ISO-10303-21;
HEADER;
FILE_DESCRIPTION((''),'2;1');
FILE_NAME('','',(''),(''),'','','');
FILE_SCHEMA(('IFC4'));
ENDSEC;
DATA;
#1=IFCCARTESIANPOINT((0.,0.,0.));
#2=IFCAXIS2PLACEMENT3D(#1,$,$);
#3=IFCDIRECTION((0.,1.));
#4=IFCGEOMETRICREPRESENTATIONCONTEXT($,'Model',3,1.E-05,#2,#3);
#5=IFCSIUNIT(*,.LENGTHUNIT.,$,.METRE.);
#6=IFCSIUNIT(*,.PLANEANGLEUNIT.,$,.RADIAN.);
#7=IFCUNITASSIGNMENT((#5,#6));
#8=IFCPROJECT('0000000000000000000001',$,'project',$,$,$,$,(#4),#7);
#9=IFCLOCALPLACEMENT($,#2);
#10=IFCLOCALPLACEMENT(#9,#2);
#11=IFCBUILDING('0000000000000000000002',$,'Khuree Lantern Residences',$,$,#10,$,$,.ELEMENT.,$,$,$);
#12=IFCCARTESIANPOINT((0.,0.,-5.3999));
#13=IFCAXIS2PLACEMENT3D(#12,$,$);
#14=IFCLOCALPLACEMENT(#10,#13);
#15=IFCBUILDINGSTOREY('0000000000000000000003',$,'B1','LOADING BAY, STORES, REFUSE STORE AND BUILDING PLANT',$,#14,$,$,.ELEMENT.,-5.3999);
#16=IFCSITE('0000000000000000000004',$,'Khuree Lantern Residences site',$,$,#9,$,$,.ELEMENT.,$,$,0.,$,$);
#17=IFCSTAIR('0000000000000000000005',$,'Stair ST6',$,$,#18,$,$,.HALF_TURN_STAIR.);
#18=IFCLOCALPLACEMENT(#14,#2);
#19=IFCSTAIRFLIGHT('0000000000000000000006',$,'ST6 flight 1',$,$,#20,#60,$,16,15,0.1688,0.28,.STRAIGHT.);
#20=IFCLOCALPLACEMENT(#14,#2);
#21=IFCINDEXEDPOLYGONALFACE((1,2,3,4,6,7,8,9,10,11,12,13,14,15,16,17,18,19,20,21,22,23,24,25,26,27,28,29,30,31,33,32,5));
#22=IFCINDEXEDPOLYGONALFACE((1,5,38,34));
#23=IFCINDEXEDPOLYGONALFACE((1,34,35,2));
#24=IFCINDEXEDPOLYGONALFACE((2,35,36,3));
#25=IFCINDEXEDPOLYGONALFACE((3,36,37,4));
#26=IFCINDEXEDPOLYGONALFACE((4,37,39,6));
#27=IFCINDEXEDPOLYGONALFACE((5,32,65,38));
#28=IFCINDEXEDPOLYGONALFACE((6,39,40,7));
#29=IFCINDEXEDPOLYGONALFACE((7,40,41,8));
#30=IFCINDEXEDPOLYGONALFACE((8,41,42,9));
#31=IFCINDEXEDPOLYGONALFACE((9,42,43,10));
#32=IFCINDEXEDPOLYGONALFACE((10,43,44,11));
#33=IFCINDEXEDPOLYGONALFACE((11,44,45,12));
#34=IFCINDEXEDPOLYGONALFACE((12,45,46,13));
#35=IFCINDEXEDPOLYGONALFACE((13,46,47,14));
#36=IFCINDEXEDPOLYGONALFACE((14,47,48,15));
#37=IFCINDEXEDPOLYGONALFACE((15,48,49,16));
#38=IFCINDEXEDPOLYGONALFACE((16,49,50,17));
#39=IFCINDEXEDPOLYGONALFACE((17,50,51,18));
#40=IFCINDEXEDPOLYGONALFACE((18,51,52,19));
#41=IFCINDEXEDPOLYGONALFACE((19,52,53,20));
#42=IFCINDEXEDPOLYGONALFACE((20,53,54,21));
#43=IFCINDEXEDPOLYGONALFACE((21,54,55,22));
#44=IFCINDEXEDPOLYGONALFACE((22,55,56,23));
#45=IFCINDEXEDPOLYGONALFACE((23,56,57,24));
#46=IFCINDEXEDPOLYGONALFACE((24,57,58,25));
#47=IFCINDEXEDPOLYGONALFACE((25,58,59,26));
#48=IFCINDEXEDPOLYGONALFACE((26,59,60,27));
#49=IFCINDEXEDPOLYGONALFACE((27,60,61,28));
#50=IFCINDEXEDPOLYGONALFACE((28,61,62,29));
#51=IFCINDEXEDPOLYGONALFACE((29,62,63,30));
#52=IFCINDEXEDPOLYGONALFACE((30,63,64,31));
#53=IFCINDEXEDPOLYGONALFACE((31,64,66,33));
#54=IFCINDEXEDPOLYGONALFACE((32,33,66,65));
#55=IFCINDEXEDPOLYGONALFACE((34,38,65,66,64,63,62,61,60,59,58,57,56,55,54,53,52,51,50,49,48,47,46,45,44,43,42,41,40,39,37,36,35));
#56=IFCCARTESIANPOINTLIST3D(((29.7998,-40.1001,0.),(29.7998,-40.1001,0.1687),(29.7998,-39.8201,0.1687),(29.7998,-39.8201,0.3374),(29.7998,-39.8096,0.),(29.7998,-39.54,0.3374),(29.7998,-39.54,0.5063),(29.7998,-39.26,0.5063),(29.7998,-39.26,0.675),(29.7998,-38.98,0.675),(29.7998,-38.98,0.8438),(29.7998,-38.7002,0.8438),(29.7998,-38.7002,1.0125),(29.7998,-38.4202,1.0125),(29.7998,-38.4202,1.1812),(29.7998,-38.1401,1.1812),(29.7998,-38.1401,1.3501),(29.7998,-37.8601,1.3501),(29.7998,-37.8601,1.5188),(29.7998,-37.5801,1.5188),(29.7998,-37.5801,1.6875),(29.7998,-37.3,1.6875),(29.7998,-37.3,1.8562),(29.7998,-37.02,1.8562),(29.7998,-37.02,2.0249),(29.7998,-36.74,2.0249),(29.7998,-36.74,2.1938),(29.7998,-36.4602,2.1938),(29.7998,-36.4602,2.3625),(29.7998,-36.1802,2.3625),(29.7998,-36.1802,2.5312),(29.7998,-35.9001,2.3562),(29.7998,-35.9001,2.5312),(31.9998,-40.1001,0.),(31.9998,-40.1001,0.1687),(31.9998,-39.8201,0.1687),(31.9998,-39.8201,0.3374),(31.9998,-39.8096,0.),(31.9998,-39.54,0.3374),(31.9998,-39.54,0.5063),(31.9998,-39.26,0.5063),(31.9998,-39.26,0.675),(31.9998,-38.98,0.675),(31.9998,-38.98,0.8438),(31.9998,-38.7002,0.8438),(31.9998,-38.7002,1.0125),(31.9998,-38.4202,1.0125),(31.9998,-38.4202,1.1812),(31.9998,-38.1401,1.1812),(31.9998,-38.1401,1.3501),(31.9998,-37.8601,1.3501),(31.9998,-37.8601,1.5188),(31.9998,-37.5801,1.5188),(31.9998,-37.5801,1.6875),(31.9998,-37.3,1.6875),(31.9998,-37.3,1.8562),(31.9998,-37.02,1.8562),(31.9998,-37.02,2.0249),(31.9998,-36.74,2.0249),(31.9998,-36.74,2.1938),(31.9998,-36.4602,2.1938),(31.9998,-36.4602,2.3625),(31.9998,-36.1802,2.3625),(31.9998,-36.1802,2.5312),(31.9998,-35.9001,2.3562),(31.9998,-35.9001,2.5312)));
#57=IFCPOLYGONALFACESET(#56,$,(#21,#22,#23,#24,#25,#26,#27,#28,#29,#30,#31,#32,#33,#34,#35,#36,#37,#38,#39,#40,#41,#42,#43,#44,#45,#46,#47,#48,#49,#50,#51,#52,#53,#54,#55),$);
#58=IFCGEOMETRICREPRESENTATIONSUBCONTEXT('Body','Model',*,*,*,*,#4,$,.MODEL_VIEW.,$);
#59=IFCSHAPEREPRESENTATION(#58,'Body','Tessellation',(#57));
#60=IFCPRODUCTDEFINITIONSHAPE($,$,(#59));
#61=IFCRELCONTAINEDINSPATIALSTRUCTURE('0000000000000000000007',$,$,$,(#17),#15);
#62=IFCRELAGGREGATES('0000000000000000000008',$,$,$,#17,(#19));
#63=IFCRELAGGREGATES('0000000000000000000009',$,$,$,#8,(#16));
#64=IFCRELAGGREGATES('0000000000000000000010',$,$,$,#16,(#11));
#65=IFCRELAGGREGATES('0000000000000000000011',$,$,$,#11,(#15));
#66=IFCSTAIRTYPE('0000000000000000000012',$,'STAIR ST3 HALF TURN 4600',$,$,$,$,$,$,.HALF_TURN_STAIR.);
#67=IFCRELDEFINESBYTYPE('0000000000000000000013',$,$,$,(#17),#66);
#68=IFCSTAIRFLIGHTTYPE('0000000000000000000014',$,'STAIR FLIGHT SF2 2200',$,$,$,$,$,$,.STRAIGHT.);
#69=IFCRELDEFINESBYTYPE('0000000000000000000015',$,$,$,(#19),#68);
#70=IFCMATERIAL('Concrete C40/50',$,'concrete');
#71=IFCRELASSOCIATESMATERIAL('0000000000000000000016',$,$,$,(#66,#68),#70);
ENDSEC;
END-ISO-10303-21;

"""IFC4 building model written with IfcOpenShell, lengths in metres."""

from ifc_helpers import new_model, si_unit, direction, frame, origin, place, context, subcontext, project, spatial, polyline, outline, extrude, material, type_object, element, aggregate, save


model = new_model("IFC4")

# Units and contexts
model_context = context("Model", 3, precision=1e-05, world=origin(), true_north=direction((0.0, 1.0)))
body_context = subcontext(model_context, "Body", "Model", "MODEL_VIEW")
ifc_project = project(units=[si_unit("LENGTHUNIT", "METRE"), si_unit("PLANEANGLEUNIT", "RADIAN")], contexts=[model_context])

# Site, building, storey
site_placement = place(None, origin())
site = spatial("IfcSite", under=ifc_project, at=site_placement, Name="Khuree Lantern Residences site", CompositionType="ELEMENT", RefElevation=0.0)
building_placement = place(site_placement, origin())
building = spatial("IfcBuilding", under=site, at=building_placement, Name="Khuree Lantern Residences", CompositionType="ELEMENT")
storey_placement = place(building_placement, frame((0.0, 0.0, -5.3999)))
storey = spatial("IfcBuildingStorey", under=building, at=storey_placement, Name="B1", Description="LOADING BAY, STORES, REFUSE STORE AND BUILDING PLANT", CompositionType="ELEMENT", Elevation=-5.3999)

# Shared definitions
ifc_material_1 = material(Name="Concrete C40/50", Category="concrete")

# Stair, stair flight
stair_type = type_object("IfcStairType", Name="STAIR ST3 HALF TURN 4600", PredefinedType="HALF_TURN_STAIR", material=ifc_material_1)
stair_placement = place(storey_placement, origin())
stair = element("IfcStair", 1, at=stair_placement, inside=storey, type_object=stair_type, Name="Stair ST6", PredefinedType="HALF_TURN_STAIR")
stair_flight_type = type_object("IfcStairFlightType", Name="STAIR FLIGHT SF2 2200", PredefinedType="STRAIGHT", material=ifc_material_1)
stair_flight_placement = place(storey_placement, frame((30.8999, -40.1001, 0.0), z_axis=(0.0, 0.0, 1.0), x_axis=(0.0, 1.0, 0.0)))
stair_flight = element("IfcStairFlight", 2, at=stair_flight_placement, type_object=stair_flight_type, Name="ST6 flight 1", NumberOfRisers=16, NumberOfTreads=15, PredefinedType="STRAIGHT", RiserHeight=0.1688, TreadLength=0.28, context=body_context, shape_type="SweptSolid", body=[
    extrude(outline(polyline([(0.0, 0.0), (0.0, 0.1687), (0.28, 0.1687), (0.28, 0.3374), (0.5601, 0.3374), (0.5601, 0.5063), (0.8401, 0.5063), (0.8401, 0.675), (1.1201, 0.675), (1.1201, 0.8438), (1.3999, 0.8438), (1.3999, 1.0125), (1.6799, 1.0125), (1.6799, 1.1812), (1.96, 1.1812), (1.96, 1.3501), (2.24, 1.3501), (2.24, 1.5188), (2.52, 1.5188), (2.52, 1.6875), (2.8, 1.6875), (2.8, 1.8562), (3.0801, 1.8562), (3.0801, 2.0249), (3.3601, 2.0249), (3.3601, 2.1938), (3.6399, 2.1938), (3.6399, 2.3625), (3.9199, 2.3625), (3.9199, 2.5312), (4.2, 2.5312), (4.2, 2.7), (4.2, 2.3562), (0.2905, 0.0), (0.0, 0.0)])), frame((0.0, 1.1001, 0.0), z_axis=(0.0, -1.0, 0.0), x_axis=(1.0, 0.0, 0.0)), (0.0, 0.0, 1.0), 2.2),
])
aggregate(stair, [stair_flight])

save(model, "model.ifc")
